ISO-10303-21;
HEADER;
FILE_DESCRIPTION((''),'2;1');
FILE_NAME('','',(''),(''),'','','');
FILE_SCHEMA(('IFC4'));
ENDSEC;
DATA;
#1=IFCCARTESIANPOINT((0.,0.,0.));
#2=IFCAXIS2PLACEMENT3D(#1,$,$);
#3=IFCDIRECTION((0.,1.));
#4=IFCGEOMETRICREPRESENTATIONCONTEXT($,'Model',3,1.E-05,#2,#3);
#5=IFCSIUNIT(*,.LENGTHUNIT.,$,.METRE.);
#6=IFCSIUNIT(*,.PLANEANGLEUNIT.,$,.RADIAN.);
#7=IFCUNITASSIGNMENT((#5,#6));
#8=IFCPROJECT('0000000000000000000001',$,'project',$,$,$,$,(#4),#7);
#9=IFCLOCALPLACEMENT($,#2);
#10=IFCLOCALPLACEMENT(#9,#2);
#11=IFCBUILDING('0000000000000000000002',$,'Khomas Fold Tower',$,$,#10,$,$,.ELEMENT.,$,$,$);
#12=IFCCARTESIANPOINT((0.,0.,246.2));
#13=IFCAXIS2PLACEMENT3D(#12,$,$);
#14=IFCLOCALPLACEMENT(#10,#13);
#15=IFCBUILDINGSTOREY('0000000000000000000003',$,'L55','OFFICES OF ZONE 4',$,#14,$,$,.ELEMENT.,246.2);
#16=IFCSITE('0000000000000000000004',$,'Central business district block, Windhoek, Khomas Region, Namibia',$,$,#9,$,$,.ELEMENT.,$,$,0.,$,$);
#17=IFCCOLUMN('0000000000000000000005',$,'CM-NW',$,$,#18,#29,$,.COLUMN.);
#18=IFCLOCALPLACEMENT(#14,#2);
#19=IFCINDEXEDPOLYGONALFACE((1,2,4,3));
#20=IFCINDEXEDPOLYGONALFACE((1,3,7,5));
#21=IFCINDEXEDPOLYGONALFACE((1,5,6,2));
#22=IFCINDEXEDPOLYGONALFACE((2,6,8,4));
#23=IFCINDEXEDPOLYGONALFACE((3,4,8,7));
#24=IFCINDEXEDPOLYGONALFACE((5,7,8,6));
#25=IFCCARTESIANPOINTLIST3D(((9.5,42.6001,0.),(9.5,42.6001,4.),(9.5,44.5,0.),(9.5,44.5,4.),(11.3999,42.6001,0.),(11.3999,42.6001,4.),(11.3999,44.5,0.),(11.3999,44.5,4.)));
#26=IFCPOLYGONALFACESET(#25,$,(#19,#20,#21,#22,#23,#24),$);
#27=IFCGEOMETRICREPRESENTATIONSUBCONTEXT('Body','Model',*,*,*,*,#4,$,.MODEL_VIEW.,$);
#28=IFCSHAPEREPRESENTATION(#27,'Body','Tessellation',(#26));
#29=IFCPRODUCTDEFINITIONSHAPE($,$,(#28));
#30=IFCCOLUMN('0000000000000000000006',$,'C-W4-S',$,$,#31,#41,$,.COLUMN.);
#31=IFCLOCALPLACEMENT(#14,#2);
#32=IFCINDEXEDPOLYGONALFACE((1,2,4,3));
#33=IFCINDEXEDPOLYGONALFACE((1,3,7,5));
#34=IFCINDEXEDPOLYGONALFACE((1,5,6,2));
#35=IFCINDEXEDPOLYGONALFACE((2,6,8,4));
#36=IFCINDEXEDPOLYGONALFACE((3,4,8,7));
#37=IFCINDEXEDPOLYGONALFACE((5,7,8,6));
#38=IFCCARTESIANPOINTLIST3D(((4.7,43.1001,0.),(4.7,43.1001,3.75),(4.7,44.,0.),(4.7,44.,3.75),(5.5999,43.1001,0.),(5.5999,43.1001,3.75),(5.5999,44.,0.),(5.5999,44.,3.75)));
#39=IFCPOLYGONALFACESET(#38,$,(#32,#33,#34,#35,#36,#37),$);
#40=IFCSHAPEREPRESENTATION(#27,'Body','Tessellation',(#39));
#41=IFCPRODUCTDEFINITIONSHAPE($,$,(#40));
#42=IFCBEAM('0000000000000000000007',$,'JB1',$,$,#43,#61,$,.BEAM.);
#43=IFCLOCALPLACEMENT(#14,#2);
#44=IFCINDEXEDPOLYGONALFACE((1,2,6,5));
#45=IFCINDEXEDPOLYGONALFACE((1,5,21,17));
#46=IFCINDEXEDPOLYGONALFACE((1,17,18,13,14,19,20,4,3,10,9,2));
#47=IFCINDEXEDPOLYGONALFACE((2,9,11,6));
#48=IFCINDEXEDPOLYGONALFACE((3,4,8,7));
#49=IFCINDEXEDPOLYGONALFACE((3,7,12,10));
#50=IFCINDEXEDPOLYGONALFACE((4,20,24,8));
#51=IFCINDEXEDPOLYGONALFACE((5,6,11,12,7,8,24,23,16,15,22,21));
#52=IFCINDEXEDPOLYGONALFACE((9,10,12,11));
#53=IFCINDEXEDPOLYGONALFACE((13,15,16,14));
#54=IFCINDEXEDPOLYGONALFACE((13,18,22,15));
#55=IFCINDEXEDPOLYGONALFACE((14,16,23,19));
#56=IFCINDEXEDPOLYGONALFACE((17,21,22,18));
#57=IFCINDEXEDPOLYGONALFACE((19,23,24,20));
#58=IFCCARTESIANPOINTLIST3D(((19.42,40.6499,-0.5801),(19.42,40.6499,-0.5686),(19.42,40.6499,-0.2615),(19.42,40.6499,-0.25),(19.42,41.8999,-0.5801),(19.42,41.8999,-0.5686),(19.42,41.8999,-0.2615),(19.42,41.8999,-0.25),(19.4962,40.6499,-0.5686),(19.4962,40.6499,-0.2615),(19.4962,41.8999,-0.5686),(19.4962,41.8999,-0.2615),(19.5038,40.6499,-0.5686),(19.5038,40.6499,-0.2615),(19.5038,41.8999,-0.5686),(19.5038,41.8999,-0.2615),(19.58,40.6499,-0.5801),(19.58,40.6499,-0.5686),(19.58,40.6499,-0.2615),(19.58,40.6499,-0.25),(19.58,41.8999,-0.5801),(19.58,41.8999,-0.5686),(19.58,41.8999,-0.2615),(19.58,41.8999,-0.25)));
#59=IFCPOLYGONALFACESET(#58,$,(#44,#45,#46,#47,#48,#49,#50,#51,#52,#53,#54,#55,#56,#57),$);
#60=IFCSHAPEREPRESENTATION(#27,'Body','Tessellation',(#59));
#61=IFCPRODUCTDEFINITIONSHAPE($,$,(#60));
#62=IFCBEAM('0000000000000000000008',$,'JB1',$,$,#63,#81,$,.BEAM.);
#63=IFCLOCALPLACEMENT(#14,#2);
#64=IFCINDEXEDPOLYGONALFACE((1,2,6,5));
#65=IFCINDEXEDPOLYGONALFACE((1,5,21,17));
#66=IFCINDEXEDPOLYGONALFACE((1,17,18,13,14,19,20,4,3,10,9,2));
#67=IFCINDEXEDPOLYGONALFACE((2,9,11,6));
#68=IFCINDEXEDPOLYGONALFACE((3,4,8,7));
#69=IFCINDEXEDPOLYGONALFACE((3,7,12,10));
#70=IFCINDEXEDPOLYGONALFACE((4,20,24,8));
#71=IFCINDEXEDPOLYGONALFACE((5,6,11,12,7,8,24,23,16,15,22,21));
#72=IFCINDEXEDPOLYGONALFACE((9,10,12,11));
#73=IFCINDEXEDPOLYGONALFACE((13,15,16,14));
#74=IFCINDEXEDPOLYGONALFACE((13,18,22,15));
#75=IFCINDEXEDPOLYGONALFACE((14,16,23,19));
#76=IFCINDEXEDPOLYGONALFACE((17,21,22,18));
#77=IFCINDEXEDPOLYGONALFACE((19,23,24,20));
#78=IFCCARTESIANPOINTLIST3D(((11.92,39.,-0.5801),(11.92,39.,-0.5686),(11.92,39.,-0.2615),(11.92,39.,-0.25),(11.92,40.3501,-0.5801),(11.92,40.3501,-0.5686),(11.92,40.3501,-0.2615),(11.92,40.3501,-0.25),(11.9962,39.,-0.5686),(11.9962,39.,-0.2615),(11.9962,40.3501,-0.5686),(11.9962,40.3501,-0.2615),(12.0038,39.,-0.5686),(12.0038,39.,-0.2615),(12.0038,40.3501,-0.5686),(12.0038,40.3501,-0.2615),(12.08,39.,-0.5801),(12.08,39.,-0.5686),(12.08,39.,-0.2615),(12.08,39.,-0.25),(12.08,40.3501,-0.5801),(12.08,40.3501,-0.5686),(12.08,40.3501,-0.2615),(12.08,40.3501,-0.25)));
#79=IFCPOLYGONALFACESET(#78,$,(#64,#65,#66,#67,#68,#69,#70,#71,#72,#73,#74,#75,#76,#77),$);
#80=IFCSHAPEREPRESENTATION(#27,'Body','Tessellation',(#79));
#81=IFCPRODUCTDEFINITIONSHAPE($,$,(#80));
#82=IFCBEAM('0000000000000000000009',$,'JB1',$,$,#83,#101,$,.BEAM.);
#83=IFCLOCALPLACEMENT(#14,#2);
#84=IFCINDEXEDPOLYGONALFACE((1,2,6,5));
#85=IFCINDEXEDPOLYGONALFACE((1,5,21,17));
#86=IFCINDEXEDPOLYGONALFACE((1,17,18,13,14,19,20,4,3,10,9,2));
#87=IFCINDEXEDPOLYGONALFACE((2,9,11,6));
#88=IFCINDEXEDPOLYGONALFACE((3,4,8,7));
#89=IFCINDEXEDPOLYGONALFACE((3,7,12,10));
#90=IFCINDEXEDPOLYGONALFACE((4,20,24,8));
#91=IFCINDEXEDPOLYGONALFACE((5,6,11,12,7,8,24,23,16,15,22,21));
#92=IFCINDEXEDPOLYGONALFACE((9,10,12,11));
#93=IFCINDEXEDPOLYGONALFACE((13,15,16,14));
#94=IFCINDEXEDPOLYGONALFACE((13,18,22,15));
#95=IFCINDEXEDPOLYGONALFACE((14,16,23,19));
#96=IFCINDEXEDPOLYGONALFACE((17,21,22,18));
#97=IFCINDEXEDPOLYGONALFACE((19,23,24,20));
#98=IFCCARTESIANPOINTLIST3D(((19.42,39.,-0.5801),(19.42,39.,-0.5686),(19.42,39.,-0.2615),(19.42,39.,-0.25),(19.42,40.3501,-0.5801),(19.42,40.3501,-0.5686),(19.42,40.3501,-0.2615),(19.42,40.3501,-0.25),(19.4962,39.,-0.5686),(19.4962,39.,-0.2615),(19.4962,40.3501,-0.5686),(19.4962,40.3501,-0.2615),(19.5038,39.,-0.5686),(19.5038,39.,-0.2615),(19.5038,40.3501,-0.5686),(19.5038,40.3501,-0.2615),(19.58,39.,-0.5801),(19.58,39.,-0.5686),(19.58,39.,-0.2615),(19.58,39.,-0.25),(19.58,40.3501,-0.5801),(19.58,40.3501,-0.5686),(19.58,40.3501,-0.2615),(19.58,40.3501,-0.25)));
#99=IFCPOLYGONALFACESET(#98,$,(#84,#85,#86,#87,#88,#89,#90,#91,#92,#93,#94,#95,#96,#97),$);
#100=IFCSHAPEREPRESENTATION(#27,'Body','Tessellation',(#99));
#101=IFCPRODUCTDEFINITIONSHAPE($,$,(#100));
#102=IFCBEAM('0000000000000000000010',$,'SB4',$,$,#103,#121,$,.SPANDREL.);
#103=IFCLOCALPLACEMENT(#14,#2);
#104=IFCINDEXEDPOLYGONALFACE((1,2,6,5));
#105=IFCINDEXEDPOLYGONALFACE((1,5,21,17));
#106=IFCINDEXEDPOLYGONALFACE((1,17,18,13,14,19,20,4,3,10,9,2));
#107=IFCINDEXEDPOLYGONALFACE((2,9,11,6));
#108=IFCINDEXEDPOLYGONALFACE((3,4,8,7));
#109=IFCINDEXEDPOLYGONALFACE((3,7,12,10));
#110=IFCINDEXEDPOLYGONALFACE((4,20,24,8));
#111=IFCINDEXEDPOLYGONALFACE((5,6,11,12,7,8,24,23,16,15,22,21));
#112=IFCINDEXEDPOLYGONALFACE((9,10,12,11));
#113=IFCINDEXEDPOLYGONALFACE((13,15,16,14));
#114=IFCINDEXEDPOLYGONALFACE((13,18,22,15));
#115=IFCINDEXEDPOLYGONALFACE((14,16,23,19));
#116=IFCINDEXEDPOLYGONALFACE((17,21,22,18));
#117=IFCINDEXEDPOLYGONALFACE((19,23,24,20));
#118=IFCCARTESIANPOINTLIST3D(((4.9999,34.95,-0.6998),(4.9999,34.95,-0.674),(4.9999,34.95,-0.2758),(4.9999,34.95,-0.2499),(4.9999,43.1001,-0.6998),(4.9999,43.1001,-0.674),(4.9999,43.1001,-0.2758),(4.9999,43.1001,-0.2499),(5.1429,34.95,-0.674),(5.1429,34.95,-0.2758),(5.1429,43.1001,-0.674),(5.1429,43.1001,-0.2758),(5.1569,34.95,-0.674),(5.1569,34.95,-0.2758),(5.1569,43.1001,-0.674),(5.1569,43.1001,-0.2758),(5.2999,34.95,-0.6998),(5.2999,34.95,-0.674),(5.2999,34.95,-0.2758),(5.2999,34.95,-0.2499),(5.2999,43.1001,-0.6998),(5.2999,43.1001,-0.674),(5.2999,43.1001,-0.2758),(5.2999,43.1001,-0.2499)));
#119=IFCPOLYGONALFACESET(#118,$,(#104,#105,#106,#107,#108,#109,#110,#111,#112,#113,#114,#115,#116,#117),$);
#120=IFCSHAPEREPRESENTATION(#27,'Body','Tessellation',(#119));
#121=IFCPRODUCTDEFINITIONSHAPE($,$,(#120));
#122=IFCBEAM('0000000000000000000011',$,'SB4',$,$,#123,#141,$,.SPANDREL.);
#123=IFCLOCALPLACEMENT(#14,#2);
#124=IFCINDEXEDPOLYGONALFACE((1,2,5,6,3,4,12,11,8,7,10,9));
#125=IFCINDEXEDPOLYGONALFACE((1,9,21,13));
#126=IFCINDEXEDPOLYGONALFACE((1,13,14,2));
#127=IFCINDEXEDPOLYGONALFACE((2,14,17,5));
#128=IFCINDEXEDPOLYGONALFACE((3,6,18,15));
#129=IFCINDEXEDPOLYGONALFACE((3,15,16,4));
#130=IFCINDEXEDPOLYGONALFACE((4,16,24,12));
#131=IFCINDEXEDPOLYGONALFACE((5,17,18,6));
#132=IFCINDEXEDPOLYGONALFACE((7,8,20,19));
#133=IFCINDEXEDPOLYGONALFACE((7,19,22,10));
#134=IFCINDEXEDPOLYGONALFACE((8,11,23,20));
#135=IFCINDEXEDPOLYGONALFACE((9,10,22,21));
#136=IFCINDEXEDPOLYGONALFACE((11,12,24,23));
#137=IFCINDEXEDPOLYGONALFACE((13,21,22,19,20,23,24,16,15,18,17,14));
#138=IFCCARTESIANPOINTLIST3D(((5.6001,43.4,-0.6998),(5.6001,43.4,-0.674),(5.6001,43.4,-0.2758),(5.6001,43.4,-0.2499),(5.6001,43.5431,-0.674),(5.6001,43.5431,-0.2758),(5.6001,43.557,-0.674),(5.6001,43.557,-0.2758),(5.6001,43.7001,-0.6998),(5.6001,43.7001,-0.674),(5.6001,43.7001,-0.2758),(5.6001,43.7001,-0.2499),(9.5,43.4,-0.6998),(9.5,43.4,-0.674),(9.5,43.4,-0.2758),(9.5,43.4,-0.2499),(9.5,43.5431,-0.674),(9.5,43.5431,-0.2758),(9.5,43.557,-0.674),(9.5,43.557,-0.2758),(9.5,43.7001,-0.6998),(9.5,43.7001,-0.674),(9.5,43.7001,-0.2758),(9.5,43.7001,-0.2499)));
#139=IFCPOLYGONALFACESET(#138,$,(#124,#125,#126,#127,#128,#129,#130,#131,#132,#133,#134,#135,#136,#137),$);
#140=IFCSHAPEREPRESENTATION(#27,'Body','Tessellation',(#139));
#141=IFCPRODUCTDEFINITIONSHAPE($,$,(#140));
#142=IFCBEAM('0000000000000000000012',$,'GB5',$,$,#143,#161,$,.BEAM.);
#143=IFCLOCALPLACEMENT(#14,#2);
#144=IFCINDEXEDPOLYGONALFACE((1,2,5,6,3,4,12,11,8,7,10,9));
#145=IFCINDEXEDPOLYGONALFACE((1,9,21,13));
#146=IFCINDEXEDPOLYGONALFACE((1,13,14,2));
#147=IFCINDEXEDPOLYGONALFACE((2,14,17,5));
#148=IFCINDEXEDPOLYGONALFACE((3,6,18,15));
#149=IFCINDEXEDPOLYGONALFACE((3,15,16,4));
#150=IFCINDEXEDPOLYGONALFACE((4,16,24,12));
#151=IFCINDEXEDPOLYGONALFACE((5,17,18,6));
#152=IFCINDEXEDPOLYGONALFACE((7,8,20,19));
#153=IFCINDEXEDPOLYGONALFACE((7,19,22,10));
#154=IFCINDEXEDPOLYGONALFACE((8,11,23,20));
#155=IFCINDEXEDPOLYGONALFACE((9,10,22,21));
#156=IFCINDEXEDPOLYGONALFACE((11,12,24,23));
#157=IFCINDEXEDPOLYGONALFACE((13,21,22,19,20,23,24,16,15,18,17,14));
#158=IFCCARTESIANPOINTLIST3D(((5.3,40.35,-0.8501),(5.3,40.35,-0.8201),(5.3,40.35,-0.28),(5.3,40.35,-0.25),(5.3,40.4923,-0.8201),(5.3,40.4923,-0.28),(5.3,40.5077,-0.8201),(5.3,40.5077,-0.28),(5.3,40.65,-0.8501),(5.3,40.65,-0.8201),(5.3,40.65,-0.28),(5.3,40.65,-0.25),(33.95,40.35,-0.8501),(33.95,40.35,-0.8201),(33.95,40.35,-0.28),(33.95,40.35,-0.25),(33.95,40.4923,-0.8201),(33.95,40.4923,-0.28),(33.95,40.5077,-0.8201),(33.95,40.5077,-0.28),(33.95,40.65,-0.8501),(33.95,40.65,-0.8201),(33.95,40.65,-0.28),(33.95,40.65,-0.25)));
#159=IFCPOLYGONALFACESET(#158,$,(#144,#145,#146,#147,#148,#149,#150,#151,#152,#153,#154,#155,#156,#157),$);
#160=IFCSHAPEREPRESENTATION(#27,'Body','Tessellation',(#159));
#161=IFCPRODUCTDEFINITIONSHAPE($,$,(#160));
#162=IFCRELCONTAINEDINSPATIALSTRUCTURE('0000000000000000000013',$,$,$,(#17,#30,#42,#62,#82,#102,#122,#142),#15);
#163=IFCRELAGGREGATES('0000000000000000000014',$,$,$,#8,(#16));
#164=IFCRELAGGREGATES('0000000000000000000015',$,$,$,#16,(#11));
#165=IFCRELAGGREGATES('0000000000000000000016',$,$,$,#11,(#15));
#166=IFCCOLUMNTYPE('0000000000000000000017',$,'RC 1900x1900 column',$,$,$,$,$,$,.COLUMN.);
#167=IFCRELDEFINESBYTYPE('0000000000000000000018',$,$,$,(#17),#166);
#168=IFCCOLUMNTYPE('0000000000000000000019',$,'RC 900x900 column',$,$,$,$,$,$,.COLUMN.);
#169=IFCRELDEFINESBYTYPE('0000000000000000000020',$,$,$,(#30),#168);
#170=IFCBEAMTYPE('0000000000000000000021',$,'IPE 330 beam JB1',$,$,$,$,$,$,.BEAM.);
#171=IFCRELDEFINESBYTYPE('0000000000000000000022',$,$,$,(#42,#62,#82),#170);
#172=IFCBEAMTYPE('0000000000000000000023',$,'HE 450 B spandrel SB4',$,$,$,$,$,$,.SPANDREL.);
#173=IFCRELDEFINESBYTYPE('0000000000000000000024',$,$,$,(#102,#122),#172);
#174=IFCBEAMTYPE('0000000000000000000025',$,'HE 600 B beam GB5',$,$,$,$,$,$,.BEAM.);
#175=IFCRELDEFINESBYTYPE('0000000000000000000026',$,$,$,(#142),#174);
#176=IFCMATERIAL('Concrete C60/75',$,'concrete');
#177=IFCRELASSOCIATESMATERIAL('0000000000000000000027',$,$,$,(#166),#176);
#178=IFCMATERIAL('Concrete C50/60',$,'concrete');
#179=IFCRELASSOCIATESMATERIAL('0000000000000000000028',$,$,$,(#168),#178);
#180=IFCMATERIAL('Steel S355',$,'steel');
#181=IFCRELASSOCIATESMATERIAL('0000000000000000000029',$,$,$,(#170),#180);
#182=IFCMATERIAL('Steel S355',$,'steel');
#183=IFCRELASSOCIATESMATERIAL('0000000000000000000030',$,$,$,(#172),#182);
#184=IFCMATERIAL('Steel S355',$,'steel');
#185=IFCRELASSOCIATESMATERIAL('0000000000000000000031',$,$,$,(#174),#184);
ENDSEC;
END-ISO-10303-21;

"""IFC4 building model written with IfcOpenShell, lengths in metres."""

from ifc_helpers import new_model, si_unit, direction, frame, origin, origin_2d, place, context, subcontext, project, spatial, rectangle, i_section, extrude, source, transform, mapped, material, material_profile, profile_set, type_object, element, save


model = new_model("IFC4")

# Units and contexts
model_context = context("Model", 3, precision=1e-05, world=origin(), true_north=direction((0.0, 1.0)))
body_context = subcontext(model_context, "Body", "Model", "MODEL_VIEW")
ifc_project = project(units=[si_unit("LENGTHUNIT", "METRE"), si_unit("PLANEANGLEUNIT", "RADIAN")], contexts=[model_context])

# Site, building, storey
site_placement = place(None, origin())
site = spatial("IfcSite", under=ifc_project, at=site_placement, Name="Central business district block, Windhoek, Khomas Region, Namibia", CompositionType="ELEMENT", RefElevation=0.0)
building_placement = place(site_placement, origin())
building = spatial("IfcBuilding", under=site, at=building_placement, Name="Khomas Fold Tower", CompositionType="ELEMENT")
storey_placement = place(building_placement, frame((0.0, 0.0, 246.2)))
storey = spatial("IfcBuildingStorey", under=building, at=storey_placement, Name="L55", Description="OFFICES OF ZONE 4", CompositionType="ELEMENT", Elevation=246.2)

# Columns
ifc_material_1 = material(Name="Concrete C60/75", Category="concrete")
ifc_material_profile_1 = material_profile(ifc_material_1, rectangle(XDim=1.8999, YDim=1.8999, at=origin_2d()), Name="RC 1900x1900")
ifc_profile_set_1 = profile_set([ifc_material_profile_1], Name="Concrete C60/75")
column_type_1 = type_object("IfcColumnType", Name="RC 1900x1900 column", PredefinedType="COLUMN", material=ifc_profile_set_1)
shared_shape_1 = source(origin(), body_context, "Body", "SweptSolid", [
    extrude(rectangle(XDim=1.8999, YDim=1.8999, at=origin_2d()), origin(), (0.0, 0.0, 1.0), 4.0),
])
column_1_placement = place(storey_placement, frame((10.45, 43.55, 0.0), z_axis=(0.0, 0.0, 1.0), x_axis=(1.0, 0.0, 0.0)))
element("IfcColumn", 1, at=column_1_placement, inside=storey, type_object=column_type_1, Name="CM-NW", PredefinedType="COLUMN", context=body_context, shape_type="MappedRepresentation", body=[
    mapped(shared_shape_1, transform((0.0, 0.0, 0.0))),
])
ifc_material_2 = material(Name="Concrete C50/60", Category="concrete")
ifc_material_profile_2 = material_profile(ifc_material_2, rectangle(XDim=0.8999, YDim=0.8999, at=origin_2d()), Name="RC 900x900")
ifc_profile_set_2 = profile_set([ifc_material_profile_2], Name="Concrete C50/60")
column_type_2 = type_object("IfcColumnType", Name="RC 900x900 column", PredefinedType="COLUMN", material=ifc_profile_set_2)
shared_shape_2 = source(origin(), body_context, "Body", "SweptSolid", [
    extrude(rectangle(XDim=0.8999, YDim=0.8999, at=origin_2d()), origin(), (0.0, 0.0, 1.0), 3.75),
])
column_2_placement = place(storey_placement, frame((5.1499, 43.55, 0.0), z_axis=(0.0, 0.0, 1.0), x_axis=(1.0, 0.0, 0.0)))
element("IfcColumn", 2, at=column_2_placement, inside=storey, type_object=column_type_2, Name="C-W4-S", PredefinedType="COLUMN", context=body_context, shape_type="MappedRepresentation", body=[
    mapped(shared_shape_2, transform((0.0, 0.0, 0.0))),
])

# Beams
ifc_material_3 = material(Name="Steel S355", Category="steel")
ifc_material_profile_3 = material_profile(ifc_material_3, i_section(OverallWidth=0.1599, OverallDepth=0.3301, WebThickness=0.0076, FlangeThickness=0.0115, at=origin_2d()), Name="IPE 330")
ifc_profile_set_3 = profile_set([ifc_material_profile_3], Name="Steel S355")
beam_type_1 = type_object("IfcBeamType", Name="IPE 330 beam JB1", PredefinedType="BEAM", material=ifc_profile_set_3)
shared_shape_3 = source(origin(), body_context, "Body", "SweptSolid", [
    extrude(i_section(OverallWidth=0.1599, OverallDepth=0.3301, WebThickness=0.0076, FlangeThickness=0.0115, at=origin_2d()), origin(), (0.0, 0.0, 1.0), 1.25),
])
beam_1_placement = place(storey_placement, frame((19.5, 40.6499, -0.415), z_axis=(0.0, 1.0, 0.0), x_axis=(-1.0, 0.0, 0.0)))
element("IfcBeam", 3, at=beam_1_placement, inside=storey, type_object=beam_type_1, Name="JB1", PredefinedType="BEAM", context=body_context, shape_type="MappedRepresentation", body=[
    mapped(shared_shape_3, transform((0.0, 0.0, 0.0))),
])
shared_shape_4 = source(origin(), body_context, "Body", "SweptSolid", [
    extrude(i_section(OverallWidth=0.1599, OverallDepth=0.3301, WebThickness=0.0076, FlangeThickness=0.0115, at=origin_2d()), origin(), (0.0, 0.0, 1.0), 1.3501),
])
for number, where, z_axis, x_axis, name in (
    (4, (12.0, 39.0, -0.415), (0.0, 1.0, 0.0), (-1.0, 0.0, 0.0), "JB1"),
    (5, (19.5, 39.0, -0.415), (0.0, 1.0, 0.0), (-1.0, 0.0, 0.0), "JB1"),
):
    element("IfcBeam", number, at=place(storey_placement, frame(where, z_axis=z_axis, x_axis=x_axis)), inside=storey, type_object=beam_type_1, Name=name, PredefinedType="BEAM", context=body_context, shape_type="MappedRepresentation", body=[
        mapped(shared_shape_4, transform((0.0, 0.0, 0.0))),
    ])
ifc_material_4 = material(Name="Steel S355", Category="steel")
ifc_material_profile_4 = material_profile(ifc_material_4, i_section(OverallWidth=0.3, OverallDepth=0.45, WebThickness=0.0139, FlangeThickness=0.0259, at=origin_2d()), Name="HE 450 B")
ifc_profile_set_4 = profile_set([ifc_material_profile_4], Name="Steel S355")
beam_type_2 = type_object("IfcBeamType", Name="HE 450 B spandrel SB4", PredefinedType="SPANDREL", material=ifc_profile_set_4)
shared_shape_5 = source(origin(), body_context, "Body", "SweptSolid", [
    extrude(i_section(OverallWidth=0.3, OverallDepth=0.45, WebThickness=0.0139, FlangeThickness=0.0259, at=origin_2d()), origin(), (0.0, 0.0, 1.0), 8.1501),
])
beam_2_placement = place(storey_placement, frame((5.1499, 34.95, -0.4749), z_axis=(0.0, 1.0, 0.0), x_axis=(-1.0, 0.0, 0.0)))
element("IfcBeam", 6, at=beam_2_placement, inside=storey, type_object=beam_type_2, Name="SB4", PredefinedType="SPANDREL", context=body_context, shape_type="MappedRepresentation", body=[
    mapped(shared_shape_5, transform((0.0, 0.0, 0.0))),
])
shared_shape_6 = source(origin(), body_context, "Body", "SweptSolid", [
    extrude(i_section(OverallWidth=0.3, OverallDepth=0.45, WebThickness=0.0139, FlangeThickness=0.0259, at=origin_2d()), origin(), (0.0, 0.0, 1.0), 3.8999),
])
beam_3_placement = place(storey_placement, frame((5.6001, 43.55, -0.4749), z_axis=(1.0, 0.0, 0.0), x_axis=(0.0, 1.0, 0.0)))
element("IfcBeam", 7, at=beam_3_placement, inside=storey, type_object=beam_type_2, Name="SB4", PredefinedType="SPANDREL", context=body_context, shape_type="MappedRepresentation", body=[
    mapped(shared_shape_6, transform((0.0, 0.0, 0.0))),
])
ifc_material_5 = material(Name="Steel S355", Category="steel")
ifc_material_profile_5 = material_profile(ifc_material_5, i_section(OverallWidth=0.3, OverallDepth=0.6001, WebThickness=0.0154, FlangeThickness=0.03, at=origin_2d()), Name="HE 600 B")
ifc_profile_set_5 = profile_set([ifc_material_profile_5], Name="Steel S355")
beam_type_3 = type_object("IfcBeamType", Name="HE 600 B beam GB5", PredefinedType="BEAM", material=ifc_profile_set_5)
shared_shape_7 = source(origin(), body_context, "Body", "SweptSolid", [
    extrude(i_section(OverallWidth=0.3, OverallDepth=0.6001, WebThickness=0.0154, FlangeThickness=0.03, at=origin_2d()), origin(), (0.0, 0.0, 1.0), 28.6499),
])
beam_4_placement = place(storey_placement, frame((5.3, 40.5, -0.55), z_axis=(1.0, 0.0, 0.0), x_axis=(0.0, 1.0, 0.0)))
element("IfcBeam", 8, at=beam_4_placement, inside=storey, type_object=beam_type_3, Name="GB5", PredefinedType="BEAM", context=body_context, shape_type="MappedRepresentation", body=[
    mapped(shared_shape_7, transform((0.0, 0.0, 0.0))),
])

save(model, "model.ifc")
